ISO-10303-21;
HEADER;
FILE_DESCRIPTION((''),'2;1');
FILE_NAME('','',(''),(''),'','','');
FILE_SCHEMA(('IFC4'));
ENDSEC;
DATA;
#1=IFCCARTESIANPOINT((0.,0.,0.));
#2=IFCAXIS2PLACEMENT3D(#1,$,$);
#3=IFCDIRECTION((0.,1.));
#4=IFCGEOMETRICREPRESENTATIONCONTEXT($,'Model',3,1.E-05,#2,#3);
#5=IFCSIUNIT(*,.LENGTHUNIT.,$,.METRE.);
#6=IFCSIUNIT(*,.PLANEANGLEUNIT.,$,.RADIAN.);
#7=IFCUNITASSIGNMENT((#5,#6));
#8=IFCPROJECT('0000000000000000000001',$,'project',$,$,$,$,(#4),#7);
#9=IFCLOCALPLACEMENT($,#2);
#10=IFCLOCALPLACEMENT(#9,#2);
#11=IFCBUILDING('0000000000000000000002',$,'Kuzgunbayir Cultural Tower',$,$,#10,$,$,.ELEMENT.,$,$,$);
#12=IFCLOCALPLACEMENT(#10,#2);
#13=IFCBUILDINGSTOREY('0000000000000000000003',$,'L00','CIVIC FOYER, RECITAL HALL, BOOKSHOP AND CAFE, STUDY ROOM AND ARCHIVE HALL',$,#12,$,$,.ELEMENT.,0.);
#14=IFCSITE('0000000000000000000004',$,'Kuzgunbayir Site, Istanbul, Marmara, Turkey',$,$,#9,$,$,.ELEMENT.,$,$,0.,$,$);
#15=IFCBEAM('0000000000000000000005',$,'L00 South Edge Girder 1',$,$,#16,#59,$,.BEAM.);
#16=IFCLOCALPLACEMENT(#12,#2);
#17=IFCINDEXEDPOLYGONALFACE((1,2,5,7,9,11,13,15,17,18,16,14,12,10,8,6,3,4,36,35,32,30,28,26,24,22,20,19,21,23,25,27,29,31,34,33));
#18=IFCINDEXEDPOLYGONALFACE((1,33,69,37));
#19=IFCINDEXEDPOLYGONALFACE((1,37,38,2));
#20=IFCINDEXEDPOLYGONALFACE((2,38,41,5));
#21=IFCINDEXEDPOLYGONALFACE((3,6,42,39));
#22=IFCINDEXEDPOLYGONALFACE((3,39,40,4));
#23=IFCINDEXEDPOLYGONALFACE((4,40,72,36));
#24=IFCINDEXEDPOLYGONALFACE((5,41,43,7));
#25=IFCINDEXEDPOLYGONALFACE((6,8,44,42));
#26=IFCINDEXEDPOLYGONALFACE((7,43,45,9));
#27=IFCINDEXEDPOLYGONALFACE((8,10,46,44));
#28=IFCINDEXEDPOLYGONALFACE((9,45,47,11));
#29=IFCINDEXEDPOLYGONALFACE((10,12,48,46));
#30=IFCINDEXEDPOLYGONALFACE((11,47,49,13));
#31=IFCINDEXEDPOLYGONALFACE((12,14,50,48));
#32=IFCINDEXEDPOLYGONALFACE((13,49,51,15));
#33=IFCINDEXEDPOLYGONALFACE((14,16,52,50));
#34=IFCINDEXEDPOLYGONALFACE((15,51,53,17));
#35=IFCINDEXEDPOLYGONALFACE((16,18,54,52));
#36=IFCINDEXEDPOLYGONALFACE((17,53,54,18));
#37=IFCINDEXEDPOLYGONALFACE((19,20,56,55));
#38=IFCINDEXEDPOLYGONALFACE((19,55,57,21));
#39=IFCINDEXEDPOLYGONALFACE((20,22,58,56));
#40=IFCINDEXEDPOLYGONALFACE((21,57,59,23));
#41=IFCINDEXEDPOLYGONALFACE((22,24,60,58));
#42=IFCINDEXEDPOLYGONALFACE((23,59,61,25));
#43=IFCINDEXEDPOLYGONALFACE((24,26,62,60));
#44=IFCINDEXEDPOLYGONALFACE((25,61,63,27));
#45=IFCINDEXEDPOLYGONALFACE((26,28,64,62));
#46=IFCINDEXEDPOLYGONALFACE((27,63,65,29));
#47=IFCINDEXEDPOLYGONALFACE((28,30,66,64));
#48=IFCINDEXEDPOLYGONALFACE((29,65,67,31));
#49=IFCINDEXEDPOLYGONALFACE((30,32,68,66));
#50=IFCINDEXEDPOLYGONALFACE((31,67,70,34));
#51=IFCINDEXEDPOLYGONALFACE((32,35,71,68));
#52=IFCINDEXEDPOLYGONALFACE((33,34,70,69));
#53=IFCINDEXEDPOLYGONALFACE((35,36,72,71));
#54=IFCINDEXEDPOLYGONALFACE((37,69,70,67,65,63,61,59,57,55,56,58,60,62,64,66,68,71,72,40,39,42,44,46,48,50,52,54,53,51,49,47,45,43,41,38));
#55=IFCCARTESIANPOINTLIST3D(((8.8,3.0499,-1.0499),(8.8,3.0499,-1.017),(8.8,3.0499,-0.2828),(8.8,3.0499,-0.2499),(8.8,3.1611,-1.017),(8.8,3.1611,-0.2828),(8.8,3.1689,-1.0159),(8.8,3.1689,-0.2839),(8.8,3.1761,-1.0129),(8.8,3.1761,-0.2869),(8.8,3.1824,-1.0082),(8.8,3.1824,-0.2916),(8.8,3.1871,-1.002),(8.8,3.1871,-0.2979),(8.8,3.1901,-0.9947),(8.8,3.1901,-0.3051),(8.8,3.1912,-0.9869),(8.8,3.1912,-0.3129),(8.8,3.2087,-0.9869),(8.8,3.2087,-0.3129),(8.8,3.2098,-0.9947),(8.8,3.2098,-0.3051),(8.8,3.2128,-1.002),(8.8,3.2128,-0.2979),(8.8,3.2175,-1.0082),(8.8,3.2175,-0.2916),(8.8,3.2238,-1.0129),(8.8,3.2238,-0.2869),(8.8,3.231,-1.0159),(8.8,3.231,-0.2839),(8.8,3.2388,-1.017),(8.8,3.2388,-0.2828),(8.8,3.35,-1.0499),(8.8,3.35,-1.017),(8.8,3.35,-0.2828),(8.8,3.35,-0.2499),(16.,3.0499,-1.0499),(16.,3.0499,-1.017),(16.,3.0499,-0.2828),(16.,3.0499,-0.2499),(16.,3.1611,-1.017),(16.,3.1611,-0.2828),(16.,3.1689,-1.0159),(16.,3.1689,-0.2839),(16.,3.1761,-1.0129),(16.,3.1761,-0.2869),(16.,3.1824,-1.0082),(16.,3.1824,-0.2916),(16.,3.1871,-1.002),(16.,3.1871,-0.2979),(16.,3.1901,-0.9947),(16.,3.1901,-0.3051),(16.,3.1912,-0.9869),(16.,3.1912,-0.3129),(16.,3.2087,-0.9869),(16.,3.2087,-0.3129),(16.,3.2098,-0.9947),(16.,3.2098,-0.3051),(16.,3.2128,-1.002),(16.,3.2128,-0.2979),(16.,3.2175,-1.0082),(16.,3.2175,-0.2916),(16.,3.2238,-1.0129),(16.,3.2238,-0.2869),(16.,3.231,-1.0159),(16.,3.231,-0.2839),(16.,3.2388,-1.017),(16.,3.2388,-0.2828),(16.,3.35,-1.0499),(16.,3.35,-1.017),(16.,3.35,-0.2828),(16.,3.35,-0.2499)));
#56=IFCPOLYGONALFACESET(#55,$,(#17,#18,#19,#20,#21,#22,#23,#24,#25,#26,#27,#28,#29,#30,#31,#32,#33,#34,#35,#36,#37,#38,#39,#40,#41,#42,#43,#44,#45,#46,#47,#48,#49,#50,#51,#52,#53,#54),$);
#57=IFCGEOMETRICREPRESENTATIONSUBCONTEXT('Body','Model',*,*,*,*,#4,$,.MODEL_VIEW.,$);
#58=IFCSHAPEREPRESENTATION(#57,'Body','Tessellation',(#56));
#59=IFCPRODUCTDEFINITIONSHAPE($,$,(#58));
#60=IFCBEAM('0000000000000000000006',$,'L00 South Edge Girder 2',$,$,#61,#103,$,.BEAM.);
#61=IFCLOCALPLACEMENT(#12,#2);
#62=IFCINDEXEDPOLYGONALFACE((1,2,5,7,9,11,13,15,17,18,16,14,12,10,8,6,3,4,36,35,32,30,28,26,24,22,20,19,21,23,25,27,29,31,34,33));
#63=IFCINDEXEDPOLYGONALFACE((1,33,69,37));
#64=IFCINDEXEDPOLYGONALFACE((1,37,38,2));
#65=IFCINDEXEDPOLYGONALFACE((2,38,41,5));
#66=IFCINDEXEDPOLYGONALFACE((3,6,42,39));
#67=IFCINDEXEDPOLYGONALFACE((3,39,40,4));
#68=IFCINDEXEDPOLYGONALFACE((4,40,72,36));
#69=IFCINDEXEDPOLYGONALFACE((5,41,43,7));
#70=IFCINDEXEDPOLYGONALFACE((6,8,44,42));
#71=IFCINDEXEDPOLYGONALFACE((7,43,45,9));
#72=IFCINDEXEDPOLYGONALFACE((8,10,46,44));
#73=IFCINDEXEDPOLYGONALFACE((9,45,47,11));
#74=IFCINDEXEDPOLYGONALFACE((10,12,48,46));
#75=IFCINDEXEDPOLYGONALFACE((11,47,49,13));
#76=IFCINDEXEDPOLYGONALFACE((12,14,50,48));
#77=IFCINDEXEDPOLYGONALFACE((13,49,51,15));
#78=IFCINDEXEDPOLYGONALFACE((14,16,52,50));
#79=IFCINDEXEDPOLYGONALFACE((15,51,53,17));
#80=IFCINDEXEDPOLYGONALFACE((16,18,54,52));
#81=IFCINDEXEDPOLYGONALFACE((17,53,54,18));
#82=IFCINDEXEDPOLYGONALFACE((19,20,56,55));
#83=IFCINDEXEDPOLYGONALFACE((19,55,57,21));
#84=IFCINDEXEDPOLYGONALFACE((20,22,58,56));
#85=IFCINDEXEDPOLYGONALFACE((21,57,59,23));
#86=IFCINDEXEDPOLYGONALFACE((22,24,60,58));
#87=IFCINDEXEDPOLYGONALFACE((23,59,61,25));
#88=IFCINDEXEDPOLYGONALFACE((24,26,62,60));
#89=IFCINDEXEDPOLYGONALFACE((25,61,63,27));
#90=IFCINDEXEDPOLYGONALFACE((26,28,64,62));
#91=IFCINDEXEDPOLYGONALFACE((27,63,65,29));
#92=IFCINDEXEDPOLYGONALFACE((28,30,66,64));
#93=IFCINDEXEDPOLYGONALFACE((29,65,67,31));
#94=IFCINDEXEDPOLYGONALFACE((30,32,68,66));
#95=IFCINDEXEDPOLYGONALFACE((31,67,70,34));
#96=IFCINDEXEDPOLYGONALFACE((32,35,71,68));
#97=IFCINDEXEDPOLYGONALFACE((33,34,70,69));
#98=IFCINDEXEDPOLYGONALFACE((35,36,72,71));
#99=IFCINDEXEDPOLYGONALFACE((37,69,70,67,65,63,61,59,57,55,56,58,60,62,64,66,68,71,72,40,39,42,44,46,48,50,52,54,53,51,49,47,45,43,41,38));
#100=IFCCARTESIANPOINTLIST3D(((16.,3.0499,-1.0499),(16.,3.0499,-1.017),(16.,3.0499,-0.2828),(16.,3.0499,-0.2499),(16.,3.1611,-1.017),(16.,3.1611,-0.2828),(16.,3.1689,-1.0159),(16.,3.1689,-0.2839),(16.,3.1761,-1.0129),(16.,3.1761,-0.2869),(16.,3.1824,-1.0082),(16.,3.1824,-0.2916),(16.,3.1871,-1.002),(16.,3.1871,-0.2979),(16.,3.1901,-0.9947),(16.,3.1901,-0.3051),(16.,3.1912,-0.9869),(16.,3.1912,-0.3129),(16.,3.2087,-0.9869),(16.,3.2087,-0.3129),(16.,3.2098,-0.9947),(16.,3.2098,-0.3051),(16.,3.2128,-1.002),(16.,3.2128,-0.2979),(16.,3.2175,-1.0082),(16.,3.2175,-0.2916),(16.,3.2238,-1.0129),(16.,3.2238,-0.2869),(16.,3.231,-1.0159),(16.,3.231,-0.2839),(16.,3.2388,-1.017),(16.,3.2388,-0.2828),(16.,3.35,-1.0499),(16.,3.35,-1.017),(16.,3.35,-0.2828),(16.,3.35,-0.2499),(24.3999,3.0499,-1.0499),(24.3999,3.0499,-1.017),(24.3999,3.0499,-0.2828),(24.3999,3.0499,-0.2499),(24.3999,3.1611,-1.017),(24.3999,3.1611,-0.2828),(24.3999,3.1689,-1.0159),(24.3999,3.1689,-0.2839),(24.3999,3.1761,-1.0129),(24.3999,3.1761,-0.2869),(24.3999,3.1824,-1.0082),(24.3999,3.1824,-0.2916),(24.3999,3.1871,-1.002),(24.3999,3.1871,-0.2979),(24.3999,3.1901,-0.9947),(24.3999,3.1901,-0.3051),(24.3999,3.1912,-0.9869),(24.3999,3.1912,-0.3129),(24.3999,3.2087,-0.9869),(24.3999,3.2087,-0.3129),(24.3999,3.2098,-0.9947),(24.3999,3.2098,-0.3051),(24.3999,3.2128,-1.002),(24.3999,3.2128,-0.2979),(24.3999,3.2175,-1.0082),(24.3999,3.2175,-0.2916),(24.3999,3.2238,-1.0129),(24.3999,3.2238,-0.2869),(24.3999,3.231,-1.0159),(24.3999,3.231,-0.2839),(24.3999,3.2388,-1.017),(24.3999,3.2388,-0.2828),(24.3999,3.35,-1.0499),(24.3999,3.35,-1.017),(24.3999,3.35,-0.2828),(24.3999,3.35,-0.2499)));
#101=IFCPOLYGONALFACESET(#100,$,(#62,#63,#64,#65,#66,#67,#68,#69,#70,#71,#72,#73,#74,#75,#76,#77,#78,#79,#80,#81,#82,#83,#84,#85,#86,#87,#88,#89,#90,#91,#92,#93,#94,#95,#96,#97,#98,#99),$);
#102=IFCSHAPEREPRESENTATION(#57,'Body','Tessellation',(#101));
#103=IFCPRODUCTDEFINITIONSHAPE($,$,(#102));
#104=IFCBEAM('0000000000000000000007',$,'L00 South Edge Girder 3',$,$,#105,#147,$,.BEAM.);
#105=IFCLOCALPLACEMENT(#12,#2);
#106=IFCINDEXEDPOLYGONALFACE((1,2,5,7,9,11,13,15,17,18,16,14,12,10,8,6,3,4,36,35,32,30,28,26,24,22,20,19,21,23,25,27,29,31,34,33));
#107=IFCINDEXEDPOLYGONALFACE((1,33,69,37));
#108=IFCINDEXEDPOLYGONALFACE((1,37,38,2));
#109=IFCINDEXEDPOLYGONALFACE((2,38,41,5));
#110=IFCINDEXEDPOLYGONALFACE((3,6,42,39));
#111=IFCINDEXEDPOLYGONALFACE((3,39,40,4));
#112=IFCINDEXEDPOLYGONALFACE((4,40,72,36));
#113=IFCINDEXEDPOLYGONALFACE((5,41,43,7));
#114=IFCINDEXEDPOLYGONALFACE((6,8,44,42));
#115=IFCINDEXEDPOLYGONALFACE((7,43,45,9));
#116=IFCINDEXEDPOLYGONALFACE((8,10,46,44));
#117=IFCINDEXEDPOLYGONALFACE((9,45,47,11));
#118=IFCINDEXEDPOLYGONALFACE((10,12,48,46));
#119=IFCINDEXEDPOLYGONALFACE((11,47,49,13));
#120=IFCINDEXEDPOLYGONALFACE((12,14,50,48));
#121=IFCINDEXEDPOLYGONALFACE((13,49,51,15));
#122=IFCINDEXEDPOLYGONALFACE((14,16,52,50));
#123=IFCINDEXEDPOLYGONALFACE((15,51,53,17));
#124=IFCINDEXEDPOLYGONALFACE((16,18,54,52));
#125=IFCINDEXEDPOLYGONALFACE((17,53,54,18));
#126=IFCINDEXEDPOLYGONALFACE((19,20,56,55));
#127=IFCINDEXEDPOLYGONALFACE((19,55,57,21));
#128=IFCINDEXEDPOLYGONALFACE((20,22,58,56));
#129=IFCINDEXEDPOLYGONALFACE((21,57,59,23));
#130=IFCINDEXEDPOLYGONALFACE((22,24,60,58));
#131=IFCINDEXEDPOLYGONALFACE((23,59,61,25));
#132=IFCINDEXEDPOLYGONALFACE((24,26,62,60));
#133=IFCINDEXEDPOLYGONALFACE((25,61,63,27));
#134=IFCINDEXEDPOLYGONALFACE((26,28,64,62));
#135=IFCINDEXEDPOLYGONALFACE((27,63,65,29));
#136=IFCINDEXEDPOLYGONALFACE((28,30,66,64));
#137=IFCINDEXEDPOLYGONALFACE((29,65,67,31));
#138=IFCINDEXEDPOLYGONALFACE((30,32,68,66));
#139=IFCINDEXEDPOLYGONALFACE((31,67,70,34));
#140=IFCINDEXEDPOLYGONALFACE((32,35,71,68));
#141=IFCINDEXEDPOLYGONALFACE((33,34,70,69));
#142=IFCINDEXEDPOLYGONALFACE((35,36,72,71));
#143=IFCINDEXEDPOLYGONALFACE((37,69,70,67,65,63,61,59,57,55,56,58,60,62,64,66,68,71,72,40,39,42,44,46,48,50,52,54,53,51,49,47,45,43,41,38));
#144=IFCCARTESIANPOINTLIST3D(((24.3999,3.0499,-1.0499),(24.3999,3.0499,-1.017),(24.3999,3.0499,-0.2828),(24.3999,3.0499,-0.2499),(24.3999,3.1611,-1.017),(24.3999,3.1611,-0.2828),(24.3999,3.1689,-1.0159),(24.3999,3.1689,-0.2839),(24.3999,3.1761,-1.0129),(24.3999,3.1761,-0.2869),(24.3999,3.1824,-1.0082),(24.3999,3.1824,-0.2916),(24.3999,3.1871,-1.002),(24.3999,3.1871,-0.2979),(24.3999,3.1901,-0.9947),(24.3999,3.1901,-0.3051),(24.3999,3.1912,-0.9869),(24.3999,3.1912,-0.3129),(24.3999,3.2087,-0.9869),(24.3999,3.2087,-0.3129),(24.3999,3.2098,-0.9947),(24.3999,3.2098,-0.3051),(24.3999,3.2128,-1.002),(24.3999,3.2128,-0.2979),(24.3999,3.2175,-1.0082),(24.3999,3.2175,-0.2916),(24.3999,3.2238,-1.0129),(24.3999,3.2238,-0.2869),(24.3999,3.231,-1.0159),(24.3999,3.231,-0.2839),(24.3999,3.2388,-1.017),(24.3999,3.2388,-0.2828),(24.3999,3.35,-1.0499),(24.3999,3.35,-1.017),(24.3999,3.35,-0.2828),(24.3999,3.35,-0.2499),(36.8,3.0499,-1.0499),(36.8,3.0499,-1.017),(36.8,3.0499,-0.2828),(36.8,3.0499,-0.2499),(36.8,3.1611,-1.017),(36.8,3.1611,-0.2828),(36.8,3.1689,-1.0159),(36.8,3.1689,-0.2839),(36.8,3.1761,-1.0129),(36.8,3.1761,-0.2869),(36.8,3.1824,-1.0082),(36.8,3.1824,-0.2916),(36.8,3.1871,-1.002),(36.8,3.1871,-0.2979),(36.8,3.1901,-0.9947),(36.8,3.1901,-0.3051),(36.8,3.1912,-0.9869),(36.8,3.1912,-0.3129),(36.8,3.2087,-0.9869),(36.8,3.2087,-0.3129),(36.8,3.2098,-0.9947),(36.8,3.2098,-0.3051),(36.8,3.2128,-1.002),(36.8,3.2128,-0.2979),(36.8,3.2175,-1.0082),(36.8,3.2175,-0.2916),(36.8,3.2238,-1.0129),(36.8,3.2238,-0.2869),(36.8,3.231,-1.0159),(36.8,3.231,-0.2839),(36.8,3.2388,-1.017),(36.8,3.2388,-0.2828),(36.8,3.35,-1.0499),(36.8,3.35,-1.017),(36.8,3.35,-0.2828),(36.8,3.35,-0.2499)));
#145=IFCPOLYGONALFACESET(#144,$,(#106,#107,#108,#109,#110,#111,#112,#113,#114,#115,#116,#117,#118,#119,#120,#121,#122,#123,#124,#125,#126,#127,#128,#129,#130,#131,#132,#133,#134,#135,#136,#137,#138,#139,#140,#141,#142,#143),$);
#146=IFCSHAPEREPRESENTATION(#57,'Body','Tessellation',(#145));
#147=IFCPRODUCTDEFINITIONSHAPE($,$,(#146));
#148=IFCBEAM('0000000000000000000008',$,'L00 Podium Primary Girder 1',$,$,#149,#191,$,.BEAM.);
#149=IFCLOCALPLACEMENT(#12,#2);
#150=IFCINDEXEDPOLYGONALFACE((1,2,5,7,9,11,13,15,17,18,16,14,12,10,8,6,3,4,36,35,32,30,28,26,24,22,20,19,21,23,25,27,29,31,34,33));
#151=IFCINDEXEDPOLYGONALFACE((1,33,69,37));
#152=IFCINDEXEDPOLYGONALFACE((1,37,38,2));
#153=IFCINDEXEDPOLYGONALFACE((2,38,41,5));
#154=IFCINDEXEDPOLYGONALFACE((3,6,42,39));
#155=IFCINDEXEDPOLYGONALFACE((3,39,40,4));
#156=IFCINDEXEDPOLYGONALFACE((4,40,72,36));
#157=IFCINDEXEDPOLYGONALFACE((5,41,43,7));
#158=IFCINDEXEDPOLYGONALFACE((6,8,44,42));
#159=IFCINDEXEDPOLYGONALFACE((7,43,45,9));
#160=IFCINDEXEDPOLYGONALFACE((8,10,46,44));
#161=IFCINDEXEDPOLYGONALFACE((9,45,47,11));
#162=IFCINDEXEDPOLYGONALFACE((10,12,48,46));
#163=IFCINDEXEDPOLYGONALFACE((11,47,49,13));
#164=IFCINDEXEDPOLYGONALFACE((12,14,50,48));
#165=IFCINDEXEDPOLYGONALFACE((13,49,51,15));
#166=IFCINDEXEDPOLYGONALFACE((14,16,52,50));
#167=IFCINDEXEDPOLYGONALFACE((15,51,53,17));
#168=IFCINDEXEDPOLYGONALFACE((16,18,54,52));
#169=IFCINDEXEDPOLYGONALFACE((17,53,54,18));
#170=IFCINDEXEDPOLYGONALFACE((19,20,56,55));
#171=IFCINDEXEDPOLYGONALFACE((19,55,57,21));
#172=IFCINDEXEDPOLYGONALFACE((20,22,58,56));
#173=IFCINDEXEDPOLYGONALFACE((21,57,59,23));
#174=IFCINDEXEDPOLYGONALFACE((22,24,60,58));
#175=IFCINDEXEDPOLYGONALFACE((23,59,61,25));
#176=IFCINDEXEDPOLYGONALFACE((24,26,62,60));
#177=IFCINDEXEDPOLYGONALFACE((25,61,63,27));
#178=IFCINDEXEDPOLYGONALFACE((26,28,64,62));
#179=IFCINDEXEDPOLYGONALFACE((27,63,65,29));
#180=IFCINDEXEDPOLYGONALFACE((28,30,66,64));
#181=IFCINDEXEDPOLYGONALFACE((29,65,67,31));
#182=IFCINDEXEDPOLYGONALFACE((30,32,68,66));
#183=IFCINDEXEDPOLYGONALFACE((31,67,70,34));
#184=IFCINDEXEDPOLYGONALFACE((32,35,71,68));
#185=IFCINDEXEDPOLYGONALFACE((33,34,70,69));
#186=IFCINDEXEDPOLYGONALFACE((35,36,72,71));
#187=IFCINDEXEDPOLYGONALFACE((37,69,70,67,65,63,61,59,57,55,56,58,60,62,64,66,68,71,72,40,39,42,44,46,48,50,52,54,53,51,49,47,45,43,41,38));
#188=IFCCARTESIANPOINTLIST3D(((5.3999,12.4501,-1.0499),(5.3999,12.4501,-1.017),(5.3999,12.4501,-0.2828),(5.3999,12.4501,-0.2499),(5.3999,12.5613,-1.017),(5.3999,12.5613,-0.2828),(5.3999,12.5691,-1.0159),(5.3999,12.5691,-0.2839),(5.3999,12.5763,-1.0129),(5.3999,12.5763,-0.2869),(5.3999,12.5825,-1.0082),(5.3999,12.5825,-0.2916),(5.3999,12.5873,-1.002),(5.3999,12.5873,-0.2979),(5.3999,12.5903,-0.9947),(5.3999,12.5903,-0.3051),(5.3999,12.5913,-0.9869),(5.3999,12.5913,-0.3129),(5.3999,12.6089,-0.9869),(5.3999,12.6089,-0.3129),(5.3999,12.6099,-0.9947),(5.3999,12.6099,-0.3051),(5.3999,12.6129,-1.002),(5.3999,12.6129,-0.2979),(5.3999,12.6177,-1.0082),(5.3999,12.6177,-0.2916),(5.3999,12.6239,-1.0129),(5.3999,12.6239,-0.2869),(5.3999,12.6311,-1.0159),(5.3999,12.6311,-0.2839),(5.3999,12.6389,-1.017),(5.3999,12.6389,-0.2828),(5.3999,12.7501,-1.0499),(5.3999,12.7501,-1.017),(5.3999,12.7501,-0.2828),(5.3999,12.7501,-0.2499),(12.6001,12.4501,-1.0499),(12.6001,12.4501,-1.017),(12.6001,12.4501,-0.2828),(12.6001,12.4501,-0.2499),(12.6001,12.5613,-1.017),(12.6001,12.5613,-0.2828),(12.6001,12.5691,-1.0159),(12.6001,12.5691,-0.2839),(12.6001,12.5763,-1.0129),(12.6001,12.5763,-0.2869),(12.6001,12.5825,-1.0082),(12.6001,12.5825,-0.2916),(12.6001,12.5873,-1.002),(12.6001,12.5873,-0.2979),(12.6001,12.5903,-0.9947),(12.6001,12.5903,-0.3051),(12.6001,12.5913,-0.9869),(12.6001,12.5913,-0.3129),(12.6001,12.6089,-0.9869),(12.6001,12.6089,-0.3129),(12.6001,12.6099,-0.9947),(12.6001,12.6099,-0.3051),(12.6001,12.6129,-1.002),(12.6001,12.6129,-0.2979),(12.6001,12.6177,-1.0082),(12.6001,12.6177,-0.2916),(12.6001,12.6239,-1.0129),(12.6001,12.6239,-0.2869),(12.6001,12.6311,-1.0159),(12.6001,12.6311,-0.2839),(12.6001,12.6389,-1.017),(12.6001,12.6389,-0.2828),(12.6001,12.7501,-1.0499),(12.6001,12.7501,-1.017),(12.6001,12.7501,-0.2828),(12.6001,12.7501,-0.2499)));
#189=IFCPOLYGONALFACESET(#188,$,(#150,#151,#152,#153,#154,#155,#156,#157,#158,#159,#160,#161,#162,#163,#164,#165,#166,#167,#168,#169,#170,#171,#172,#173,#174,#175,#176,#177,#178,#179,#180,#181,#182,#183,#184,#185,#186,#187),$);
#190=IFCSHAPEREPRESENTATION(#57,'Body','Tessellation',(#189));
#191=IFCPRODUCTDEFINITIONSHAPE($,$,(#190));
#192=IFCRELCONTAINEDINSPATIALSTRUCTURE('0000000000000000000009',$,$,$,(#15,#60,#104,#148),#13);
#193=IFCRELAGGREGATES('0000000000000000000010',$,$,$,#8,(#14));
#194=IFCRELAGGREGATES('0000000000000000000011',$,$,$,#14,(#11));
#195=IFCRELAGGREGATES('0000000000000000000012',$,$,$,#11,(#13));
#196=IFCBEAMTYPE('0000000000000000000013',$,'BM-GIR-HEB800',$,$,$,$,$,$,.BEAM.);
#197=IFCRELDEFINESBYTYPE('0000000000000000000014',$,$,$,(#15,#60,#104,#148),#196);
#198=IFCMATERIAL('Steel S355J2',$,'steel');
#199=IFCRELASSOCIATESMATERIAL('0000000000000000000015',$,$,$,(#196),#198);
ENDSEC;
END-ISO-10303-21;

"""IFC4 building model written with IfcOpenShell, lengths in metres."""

from ifc_helpers import new_model, si_unit, direction, frame, origin, origin_2d, place, context, subcontext, project, spatial, i_section, extrude, material, material_profile, profile_set, type_object, element, save


model = new_model("IFC4")

# Units and contexts
model_context = context("Model", 3, precision=1e-05, world=origin(), true_north=direction((0.0, 1.0)))
body_context = subcontext(model_context, "Body", "Model", "MODEL_VIEW")
ifc_project = project(units=[si_unit("LENGTHUNIT", "METRE"), si_unit("PLANEANGLEUNIT", "RADIAN")], contexts=[model_context])

# Site, building, storey
site_placement = place(None, origin())
site = spatial("IfcSite", under=ifc_project, at=site_placement, Name="Kuzgunbayir Site, Istanbul, Marmara, Turkey", CompositionType="ELEMENT", RefElevation=0.0)
building_placement = place(site_placement, origin())
building = spatial("IfcBuilding", under=site, at=building_placement, Name="Kuzgunbayir Cultural Tower", CompositionType="ELEMENT")
storey_placement = place(building_placement, origin())
storey = spatial("IfcBuildingStorey", under=building, at=storey_placement, Name="L00", Description="CIVIC FOYER, RECITAL HALL, BOOKSHOP AND CAFE, STUDY ROOM AND ARCHIVE HALL", CompositionType="ELEMENT", Elevation=0.0)

# Beams
ifc_material_1 = material(Name="Steel S355J2", Category="steel")
ifc_material_profile_1 = material_profile(ifc_material_1, i_section(OverallWidth=0.3, OverallDepth=0.8, WebThickness=0.0176, FlangeThickness=0.033, FilletRadius=0.03, at=origin_2d()), Name="HEB 800")
ifc_profile_set_1 = profile_set([ifc_material_profile_1], Name="Steel S355J2")
beam_type = type_object("IfcBeamType", Name="BM-GIR-HEB800", PredefinedType="BEAM", material=ifc_profile_set_1)
beam_1_placement = place(storey_placement, frame((8.8, 3.2, -0.6499), z_axis=(1.0, 0.0, 0.0), x_axis=(0.0, 1.0, 0.0)))
element("IfcBeam", 1, at=beam_1_placement, inside=storey, type_object=beam_type, Name="L00 South Edge Girder 1", PredefinedType="BEAM", context=body_context, shape_type="SweptSolid", body=[
    extrude(i_section(OverallWidth=0.3, OverallDepth=0.8, WebThickness=0.0176, FlangeThickness=0.033, FilletRadius=0.03, at=origin_2d()), origin(), (0.0, 0.0, 1.0), 7.2),
])
beam_2_placement = place(storey_placement, frame((16.0, 3.2, -0.6499), z_axis=(1.0, 0.0, 0.0), x_axis=(0.0, 1.0, 0.0)))
element("IfcBeam", 2, at=beam_2_placement, inside=storey, type_object=beam_type, Name="L00 South Edge Girder 2", PredefinedType="BEAM", context=body_context, shape_type="SweptSolid", body=[
    extrude(i_section(OverallWidth=0.3, OverallDepth=0.8, WebThickness=0.0176, FlangeThickness=0.033, FilletRadius=0.03, at=origin_2d()), origin(), (0.0, 0.0, 1.0), 8.3999),
])
beam_3_placement = place(storey_placement, frame((24.3999, 3.2, -0.6499), z_axis=(1.0, 0.0, 0.0), x_axis=(0.0, 1.0, 0.0)))
element("IfcBeam", 3, at=beam_3_placement, inside=storey, type_object=beam_type, Name="L00 South Edge Girder 3", PredefinedType="BEAM", context=body_context, shape_type="SweptSolid", body=[
    extrude(i_section(OverallWidth=0.3, OverallDepth=0.8, WebThickness=0.0176, FlangeThickness=0.033, FilletRadius=0.03, at=origin_2d()), origin(), (0.0, 0.0, 1.0), 12.4001),
])
beam_4_placement = place(storey_placement, frame((5.3999, 12.6001, -0.6499), z_axis=(1.0, 0.0, 0.0), x_axis=(0.0, 1.0, 0.0)))
element("IfcBeam", 4, at=beam_4_placement, inside=storey, type_object=beam_type, Name="L00 Podium Primary Girder 1", PredefinedType="BEAM", context=body_context, shape_type="SweptSolid", body=[
    extrude(i_section(OverallWidth=0.3, OverallDepth=0.8, WebThickness=0.0176, FlangeThickness=0.033, FilletRadius=0.03, at=origin_2d()), origin(), (0.0, 0.0, 1.0), 7.2002),
])

save(model, "model.ifc")
